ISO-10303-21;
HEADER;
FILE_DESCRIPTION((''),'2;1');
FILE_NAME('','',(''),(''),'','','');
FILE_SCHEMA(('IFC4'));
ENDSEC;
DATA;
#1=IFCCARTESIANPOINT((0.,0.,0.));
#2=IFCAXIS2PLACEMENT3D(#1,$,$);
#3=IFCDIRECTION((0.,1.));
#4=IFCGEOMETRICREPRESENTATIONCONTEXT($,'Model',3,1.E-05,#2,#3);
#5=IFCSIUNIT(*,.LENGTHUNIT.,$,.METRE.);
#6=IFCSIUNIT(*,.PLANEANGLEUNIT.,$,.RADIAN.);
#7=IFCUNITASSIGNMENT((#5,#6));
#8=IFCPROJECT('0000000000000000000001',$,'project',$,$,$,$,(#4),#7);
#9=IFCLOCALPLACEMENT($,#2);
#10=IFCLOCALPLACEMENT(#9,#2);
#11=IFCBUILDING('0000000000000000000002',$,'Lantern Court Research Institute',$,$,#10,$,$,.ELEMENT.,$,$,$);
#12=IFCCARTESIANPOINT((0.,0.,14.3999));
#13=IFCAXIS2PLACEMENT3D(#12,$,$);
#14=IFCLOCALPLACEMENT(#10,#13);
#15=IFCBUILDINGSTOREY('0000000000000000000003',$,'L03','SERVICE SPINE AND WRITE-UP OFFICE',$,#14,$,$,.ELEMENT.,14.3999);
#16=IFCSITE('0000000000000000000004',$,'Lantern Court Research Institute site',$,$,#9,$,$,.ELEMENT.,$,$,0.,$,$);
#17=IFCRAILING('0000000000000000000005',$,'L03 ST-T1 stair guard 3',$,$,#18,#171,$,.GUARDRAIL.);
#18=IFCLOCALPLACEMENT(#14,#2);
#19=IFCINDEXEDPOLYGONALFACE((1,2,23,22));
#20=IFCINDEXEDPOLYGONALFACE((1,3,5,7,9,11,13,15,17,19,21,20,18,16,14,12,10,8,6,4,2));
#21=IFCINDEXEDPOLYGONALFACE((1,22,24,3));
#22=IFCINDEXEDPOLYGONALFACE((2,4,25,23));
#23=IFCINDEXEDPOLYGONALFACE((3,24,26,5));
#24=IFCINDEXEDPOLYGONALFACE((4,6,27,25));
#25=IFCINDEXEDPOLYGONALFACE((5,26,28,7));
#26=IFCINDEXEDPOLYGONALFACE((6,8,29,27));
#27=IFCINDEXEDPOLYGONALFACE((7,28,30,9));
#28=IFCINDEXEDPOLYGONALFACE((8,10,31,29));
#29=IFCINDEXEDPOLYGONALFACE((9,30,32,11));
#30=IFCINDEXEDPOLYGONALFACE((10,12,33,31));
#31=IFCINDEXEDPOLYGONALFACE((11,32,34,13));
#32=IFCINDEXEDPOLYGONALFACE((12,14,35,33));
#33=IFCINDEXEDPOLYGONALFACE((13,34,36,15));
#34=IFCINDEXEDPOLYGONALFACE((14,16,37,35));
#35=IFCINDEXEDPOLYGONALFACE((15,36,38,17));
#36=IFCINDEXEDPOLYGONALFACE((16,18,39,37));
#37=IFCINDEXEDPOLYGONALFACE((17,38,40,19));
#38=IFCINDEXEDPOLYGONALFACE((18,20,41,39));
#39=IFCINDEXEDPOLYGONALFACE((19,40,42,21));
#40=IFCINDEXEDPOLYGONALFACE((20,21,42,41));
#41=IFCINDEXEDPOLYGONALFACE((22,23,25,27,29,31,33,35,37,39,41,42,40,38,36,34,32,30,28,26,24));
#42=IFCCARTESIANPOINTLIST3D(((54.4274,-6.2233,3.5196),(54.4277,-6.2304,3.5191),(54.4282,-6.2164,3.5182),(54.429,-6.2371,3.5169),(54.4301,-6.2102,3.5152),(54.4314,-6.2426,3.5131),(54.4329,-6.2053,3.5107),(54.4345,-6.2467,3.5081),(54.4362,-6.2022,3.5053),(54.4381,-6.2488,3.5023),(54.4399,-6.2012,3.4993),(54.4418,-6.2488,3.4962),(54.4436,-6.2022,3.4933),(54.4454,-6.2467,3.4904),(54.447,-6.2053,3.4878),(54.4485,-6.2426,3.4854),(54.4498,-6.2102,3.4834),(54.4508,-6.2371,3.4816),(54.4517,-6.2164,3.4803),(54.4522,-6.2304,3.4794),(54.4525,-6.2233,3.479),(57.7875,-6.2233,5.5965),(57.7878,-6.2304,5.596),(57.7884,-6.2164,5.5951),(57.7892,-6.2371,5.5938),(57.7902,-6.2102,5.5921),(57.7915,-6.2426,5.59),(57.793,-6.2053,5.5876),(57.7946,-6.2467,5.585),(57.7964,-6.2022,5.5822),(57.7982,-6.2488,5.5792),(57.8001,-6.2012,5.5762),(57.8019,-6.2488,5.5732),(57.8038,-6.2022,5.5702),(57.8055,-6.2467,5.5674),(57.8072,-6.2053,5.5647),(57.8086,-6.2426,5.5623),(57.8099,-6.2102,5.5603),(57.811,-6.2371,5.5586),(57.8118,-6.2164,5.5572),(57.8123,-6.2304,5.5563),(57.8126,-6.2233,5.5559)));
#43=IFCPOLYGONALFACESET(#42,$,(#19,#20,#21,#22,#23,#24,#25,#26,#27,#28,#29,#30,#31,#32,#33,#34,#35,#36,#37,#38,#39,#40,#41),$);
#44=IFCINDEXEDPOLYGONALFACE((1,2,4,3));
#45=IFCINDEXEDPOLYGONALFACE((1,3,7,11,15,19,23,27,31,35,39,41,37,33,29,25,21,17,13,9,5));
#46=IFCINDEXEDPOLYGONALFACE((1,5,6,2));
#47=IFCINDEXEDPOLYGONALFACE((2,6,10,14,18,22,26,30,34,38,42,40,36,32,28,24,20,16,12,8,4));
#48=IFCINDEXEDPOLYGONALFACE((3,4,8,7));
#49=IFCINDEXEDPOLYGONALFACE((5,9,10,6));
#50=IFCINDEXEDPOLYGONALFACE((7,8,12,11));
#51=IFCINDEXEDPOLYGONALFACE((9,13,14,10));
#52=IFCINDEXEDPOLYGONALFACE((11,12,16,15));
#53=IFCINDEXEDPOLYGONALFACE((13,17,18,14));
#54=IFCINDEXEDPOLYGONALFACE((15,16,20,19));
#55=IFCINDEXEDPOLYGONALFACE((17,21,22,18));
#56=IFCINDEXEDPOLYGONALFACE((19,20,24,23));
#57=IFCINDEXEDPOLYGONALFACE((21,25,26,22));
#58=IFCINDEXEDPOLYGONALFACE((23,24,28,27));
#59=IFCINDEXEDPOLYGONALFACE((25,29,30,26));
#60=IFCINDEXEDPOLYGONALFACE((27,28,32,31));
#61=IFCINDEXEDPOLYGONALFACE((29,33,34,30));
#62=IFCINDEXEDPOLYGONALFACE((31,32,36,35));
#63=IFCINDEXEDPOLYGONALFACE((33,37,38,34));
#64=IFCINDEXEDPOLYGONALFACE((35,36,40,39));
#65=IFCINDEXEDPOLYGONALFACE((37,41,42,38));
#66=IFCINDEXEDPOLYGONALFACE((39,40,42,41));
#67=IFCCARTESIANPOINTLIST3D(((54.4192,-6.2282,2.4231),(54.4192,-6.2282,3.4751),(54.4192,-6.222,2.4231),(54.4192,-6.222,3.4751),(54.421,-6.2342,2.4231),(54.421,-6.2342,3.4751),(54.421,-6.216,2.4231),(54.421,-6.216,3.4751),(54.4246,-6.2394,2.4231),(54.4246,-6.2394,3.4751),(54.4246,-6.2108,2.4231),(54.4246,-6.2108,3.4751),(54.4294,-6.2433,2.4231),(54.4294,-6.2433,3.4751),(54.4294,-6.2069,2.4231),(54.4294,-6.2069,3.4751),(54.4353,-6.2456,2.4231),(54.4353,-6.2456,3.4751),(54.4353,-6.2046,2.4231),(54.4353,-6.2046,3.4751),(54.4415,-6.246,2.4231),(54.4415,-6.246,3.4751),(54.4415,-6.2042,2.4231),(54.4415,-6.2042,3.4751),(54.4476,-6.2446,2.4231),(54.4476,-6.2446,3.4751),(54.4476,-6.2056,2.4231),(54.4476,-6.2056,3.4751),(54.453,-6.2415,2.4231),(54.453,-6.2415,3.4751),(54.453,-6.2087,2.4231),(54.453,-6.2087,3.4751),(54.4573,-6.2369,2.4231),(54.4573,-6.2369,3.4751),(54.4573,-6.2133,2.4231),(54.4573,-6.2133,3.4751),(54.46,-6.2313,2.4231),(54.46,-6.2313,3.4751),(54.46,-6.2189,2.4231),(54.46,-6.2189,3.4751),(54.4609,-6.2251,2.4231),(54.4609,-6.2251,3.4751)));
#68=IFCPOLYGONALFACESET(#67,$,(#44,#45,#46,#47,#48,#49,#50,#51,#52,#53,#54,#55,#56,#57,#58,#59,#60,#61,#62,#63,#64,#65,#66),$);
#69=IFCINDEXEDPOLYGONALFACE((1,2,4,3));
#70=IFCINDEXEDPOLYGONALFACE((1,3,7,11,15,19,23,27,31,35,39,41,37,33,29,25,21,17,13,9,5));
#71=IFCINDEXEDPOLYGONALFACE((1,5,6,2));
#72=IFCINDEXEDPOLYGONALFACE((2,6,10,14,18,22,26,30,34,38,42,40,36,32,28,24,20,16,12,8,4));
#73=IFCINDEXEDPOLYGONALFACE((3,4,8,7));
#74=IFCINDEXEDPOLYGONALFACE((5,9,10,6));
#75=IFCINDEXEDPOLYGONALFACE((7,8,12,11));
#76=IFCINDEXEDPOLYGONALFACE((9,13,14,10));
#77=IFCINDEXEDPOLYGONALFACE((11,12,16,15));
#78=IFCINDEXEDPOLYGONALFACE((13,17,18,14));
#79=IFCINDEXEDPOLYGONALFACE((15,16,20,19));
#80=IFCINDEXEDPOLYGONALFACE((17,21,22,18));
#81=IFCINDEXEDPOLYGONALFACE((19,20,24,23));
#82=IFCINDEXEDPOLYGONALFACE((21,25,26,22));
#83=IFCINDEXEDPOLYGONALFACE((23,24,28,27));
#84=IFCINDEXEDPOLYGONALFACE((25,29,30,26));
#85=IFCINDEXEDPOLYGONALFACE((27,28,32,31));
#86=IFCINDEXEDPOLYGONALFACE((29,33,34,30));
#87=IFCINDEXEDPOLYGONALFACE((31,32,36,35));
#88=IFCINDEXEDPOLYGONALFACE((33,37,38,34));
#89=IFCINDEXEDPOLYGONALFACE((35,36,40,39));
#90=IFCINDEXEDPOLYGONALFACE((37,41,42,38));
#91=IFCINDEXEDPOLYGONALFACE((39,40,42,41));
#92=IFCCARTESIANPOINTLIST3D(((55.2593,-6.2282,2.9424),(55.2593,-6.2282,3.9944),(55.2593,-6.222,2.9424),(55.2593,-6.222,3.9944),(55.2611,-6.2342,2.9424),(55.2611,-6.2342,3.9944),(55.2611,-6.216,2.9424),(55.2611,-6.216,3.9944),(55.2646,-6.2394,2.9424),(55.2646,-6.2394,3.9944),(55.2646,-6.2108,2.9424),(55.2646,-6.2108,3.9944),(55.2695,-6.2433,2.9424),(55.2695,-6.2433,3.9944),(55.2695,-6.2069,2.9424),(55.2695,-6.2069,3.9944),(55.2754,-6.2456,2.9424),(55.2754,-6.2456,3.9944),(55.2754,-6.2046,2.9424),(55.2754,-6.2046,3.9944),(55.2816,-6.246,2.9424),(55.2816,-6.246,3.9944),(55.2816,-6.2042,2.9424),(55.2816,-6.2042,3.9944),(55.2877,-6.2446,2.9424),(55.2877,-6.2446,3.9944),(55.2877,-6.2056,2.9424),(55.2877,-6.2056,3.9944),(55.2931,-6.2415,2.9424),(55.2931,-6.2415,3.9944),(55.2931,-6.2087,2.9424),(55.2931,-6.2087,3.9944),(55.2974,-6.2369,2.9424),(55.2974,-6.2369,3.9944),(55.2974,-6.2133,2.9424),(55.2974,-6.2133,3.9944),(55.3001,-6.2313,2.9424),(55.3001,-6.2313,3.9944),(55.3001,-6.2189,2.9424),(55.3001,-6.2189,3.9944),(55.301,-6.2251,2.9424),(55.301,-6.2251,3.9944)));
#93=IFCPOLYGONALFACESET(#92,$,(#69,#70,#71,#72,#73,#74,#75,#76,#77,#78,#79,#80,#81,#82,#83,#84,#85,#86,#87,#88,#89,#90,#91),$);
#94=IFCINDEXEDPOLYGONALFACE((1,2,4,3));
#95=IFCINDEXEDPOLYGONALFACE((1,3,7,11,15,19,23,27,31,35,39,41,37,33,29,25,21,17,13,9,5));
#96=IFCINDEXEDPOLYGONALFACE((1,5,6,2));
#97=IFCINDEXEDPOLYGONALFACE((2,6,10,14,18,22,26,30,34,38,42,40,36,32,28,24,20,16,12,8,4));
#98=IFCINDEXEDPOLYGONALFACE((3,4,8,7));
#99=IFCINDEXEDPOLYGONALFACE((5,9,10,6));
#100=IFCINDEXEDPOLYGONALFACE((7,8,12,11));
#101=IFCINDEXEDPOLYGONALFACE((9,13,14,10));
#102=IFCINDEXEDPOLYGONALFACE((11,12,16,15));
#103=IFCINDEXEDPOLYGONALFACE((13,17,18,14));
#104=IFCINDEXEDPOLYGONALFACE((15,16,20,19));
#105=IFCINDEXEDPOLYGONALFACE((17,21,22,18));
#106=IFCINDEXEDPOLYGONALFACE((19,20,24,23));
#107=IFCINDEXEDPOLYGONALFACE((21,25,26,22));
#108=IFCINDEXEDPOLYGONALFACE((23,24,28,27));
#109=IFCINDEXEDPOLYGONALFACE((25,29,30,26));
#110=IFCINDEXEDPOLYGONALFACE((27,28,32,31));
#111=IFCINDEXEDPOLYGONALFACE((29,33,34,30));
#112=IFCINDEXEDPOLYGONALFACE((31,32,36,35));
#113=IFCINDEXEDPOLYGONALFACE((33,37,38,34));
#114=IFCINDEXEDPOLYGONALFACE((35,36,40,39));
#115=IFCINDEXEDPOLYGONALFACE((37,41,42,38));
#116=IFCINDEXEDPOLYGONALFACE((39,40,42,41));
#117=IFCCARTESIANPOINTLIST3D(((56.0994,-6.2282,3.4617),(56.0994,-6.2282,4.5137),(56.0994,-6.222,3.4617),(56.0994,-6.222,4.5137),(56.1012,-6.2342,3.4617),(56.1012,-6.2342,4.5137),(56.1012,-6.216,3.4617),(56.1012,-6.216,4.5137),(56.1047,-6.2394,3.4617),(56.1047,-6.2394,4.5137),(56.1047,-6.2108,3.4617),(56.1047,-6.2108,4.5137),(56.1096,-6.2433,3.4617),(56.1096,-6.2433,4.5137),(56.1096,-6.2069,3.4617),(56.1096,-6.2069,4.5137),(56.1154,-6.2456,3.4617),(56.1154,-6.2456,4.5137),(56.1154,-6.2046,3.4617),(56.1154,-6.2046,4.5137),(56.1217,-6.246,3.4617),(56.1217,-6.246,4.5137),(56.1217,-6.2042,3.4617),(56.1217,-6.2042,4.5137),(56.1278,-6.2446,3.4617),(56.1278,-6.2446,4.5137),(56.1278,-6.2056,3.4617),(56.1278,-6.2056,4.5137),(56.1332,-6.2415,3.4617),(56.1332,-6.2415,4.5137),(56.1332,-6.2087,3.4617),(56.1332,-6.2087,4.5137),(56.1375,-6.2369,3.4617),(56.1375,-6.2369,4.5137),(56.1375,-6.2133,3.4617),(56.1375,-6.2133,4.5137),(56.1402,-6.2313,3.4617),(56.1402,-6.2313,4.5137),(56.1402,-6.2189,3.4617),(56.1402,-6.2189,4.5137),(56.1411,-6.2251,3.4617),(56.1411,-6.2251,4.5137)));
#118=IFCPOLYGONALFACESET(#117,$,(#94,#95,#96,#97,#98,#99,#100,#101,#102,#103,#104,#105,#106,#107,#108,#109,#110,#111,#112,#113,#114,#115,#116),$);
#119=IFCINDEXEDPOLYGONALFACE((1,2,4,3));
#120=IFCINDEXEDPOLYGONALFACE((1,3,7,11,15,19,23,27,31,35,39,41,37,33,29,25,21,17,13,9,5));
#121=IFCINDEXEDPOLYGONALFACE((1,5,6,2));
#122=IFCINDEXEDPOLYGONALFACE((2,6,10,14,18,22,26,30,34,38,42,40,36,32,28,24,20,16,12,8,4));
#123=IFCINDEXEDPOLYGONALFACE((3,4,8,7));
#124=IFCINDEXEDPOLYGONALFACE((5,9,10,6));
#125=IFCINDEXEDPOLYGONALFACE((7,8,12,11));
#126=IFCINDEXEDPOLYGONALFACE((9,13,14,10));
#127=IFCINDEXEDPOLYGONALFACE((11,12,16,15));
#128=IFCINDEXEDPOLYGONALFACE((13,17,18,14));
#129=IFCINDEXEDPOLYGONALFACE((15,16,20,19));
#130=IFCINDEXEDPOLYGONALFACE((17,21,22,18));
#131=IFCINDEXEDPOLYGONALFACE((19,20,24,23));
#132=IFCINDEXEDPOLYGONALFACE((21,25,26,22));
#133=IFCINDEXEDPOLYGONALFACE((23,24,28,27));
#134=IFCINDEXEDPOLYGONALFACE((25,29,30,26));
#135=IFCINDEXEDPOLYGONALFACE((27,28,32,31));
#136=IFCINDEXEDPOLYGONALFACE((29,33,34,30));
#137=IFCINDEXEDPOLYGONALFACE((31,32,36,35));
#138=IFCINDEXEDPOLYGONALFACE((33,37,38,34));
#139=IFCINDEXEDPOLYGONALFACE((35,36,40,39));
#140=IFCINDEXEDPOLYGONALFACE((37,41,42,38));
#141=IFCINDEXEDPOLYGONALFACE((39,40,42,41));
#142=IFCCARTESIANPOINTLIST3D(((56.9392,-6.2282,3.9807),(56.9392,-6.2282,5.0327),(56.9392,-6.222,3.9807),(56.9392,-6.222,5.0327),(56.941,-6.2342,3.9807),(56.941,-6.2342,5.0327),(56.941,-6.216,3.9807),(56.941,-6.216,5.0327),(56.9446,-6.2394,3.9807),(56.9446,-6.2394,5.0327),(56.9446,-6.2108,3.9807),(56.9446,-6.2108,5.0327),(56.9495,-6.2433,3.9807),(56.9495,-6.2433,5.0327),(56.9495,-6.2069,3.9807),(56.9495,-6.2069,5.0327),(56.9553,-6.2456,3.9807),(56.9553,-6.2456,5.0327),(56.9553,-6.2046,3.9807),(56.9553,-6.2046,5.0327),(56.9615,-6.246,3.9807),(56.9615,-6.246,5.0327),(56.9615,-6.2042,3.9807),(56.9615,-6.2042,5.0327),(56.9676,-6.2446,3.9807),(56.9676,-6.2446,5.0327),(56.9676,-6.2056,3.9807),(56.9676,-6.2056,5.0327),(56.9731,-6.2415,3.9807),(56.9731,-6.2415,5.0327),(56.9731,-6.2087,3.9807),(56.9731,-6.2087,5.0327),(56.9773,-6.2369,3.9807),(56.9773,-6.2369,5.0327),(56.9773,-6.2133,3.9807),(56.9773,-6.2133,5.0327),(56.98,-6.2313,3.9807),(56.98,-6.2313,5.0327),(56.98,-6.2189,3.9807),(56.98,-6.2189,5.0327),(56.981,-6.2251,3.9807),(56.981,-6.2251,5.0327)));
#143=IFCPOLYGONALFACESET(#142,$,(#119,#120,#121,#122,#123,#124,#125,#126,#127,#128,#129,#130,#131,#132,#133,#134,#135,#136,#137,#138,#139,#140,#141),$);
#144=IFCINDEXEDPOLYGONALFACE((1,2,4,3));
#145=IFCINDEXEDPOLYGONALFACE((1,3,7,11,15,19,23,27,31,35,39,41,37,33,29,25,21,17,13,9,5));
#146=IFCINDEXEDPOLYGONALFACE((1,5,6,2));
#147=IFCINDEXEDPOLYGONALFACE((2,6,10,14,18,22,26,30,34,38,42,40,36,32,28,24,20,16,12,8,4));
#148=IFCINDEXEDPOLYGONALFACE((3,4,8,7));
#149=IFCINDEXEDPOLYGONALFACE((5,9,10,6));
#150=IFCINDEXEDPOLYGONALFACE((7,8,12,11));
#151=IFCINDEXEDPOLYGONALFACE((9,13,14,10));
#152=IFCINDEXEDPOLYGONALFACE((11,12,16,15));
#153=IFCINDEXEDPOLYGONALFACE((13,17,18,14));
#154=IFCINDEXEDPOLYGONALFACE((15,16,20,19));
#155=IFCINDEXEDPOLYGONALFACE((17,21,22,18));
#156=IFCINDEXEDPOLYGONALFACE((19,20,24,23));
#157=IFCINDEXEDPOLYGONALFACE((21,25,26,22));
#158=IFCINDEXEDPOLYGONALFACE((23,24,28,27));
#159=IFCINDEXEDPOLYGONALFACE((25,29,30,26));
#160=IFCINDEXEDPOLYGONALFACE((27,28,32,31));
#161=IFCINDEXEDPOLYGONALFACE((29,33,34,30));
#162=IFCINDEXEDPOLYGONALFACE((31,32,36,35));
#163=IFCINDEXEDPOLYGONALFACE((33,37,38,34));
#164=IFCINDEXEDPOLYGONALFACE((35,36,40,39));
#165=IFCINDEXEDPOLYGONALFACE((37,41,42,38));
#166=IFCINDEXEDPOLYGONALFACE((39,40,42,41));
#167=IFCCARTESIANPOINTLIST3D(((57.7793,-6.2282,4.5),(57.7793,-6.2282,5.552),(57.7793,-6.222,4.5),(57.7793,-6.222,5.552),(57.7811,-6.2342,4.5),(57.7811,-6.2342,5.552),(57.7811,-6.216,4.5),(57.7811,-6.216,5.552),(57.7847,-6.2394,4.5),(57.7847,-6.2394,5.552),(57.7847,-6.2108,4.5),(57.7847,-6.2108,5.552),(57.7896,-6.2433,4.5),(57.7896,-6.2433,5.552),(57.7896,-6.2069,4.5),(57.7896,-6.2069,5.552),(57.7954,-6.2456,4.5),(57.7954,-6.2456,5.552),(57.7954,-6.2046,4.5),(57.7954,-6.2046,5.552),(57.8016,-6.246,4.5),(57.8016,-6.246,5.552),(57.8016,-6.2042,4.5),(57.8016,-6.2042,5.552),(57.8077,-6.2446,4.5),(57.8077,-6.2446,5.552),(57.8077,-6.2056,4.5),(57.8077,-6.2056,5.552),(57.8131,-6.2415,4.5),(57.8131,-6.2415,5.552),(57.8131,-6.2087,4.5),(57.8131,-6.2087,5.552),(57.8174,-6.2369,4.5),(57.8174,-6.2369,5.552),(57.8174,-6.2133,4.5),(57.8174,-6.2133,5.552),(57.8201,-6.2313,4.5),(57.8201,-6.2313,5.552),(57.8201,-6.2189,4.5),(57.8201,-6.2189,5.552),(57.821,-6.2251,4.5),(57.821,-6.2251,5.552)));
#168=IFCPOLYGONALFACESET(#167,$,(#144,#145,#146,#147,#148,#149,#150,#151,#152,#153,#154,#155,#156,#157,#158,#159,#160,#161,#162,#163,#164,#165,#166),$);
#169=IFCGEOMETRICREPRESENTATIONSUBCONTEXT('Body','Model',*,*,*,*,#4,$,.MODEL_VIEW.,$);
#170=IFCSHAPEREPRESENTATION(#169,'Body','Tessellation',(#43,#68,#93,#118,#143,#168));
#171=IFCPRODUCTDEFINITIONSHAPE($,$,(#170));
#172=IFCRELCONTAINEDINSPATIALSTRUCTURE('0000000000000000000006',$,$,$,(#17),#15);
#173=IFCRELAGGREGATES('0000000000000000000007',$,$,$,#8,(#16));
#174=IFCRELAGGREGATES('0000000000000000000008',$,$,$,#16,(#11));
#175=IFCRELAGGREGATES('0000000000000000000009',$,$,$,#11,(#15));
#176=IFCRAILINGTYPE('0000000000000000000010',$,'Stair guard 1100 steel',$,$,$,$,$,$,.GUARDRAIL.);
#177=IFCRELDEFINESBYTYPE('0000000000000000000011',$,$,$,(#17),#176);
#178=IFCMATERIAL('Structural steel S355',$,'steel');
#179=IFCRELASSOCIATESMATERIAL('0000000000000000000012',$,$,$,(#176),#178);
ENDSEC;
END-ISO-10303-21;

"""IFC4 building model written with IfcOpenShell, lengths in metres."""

from ifc_helpers import new_model, si_unit, direction, frame, origin, origin_2d, place, context, subcontext, project, spatial, circle, extrude, material, type_object, element, save


model = new_model("IFC4")

# Units and contexts
model_context = context("Model", 3, precision=1e-05, world=origin(), true_north=direction((0.0, 1.0)))
body_context = subcontext(model_context, "Body", "Model", "MODEL_VIEW")
ifc_project = project(units=[si_unit("LENGTHUNIT", "METRE"), si_unit("PLANEANGLEUNIT", "RADIAN")], contexts=[model_context])

# Site, building, storey
site_placement = place(None, origin())
site = spatial("IfcSite", under=ifc_project, at=site_placement, Name="Lantern Court Research Institute site", CompositionType="ELEMENT", RefElevation=0.0)
building_placement = place(site_placement, origin())
building = spatial("IfcBuilding", under=site, at=building_placement, Name="Lantern Court Research Institute", CompositionType="ELEMENT")
storey_placement = place(building_placement, frame((0.0, 0.0, 14.3999)))
storey = spatial("IfcBuildingStorey", under=building, at=storey_placement, Name="L03", Description="SERVICE SPINE AND WRITE-UP OFFICE", CompositionType="ELEMENT", Elevation=14.3999)

# Railing
ifc_material_1 = material(Name="Structural steel S355", Category="steel")
railing_type_1 = type_object("IfcRailingType", Name="Stair guard 1100 steel", PredefinedType="GUARDRAIL", material=ifc_material_1)
railing_1_placement = place(storey_placement, frame((54.4399, -6.2251, 2.4231)))
element("IfcRailing", 1, at=railing_1_placement, inside=storey, type_object=railing_type_1, Name="L03 ST-T1 stair guard 3", PredefinedType="GUARDRAIL", context=body_context, shape_type="SweptSolid", body=[
    extrude(circle(Radius=0.0239, at=origin_2d()), frame((0.0, 0.0, 1.0762), z_axis=(0.850623, 0.0, 0.525776), x_axis=(0.0, 1.0, 0.0)), (0.0, 0.0, 1.0), 3.9502),
    extrude(circle(Radius=0.021, at=origin_2d()), origin(), (0.0, 0.0, 1.0), 1.052),
    extrude(circle(Radius=0.021, at=origin_2d()), frame((0.8401, 0.0, 0.5193)), (0.0, 0.0, 1.0), 1.052),
    extrude(circle(Radius=0.021, at=origin_2d()), frame((1.6802, 0.0, 1.0386)), (0.0, 0.0, 1.0), 1.052),
    extrude(circle(Radius=0.021, at=origin_2d()), frame((2.52, 0.0, 1.5576)), (0.0, 0.0, 1.0), 1.052),
    extrude(circle(Radius=0.021, at=origin_2d()), frame((3.3601, 0.0, 2.0769)), (0.0, 0.0, 1.0), 1.052),
])

save(model, "model.ifc")
